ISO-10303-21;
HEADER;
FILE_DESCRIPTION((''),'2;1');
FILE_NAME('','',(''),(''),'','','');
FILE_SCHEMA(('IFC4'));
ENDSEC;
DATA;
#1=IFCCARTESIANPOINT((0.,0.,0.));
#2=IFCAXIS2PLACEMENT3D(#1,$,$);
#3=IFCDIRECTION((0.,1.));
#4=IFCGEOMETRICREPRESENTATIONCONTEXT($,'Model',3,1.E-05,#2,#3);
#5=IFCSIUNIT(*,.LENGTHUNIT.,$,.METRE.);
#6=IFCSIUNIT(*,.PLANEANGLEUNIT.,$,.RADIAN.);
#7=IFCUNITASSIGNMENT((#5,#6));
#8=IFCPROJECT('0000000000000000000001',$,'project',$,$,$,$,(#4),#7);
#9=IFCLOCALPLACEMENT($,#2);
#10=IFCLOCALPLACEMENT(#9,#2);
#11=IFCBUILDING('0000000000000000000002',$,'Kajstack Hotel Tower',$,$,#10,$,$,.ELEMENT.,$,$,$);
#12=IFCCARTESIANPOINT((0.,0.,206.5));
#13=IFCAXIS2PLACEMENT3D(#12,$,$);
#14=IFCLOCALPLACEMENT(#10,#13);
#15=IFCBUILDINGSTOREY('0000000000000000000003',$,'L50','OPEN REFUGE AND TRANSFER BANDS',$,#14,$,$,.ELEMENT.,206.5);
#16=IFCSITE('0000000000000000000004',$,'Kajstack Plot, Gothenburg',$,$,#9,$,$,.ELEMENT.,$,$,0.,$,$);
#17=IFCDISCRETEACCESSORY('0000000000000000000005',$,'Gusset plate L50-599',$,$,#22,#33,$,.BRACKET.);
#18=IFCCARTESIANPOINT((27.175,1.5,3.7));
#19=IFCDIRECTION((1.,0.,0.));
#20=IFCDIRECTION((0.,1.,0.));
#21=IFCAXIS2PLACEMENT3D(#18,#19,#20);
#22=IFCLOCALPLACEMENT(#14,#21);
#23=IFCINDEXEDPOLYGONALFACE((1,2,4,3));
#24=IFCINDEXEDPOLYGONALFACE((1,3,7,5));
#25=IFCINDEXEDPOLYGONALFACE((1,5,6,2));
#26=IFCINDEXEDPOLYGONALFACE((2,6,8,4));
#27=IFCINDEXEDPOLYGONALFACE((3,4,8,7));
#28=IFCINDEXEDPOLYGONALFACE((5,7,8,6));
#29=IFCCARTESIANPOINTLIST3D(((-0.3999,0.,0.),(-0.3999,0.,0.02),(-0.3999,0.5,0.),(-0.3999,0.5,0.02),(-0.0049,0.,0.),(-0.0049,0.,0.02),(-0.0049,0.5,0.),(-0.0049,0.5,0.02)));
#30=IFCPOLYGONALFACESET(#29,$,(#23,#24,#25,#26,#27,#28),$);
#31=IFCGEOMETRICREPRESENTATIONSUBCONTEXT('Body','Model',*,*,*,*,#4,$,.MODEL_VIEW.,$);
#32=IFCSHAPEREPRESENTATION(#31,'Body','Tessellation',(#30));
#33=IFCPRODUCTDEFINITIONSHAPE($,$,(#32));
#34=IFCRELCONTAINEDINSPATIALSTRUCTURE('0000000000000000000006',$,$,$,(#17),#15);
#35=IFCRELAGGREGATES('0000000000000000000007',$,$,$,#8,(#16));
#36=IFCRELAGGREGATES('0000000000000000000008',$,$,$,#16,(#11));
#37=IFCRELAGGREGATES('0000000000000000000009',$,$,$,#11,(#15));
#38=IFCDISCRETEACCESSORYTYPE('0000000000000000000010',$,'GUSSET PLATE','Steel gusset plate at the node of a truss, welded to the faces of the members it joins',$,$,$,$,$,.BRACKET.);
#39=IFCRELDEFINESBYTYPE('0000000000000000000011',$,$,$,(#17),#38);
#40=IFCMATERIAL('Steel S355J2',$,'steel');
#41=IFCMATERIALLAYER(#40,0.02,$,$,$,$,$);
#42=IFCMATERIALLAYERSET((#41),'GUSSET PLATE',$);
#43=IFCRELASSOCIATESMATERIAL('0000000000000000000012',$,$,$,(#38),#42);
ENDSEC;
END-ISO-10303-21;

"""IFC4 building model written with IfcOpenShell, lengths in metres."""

from ifc_helpers import new_model, si_unit, direction, frame, origin, place, context, subcontext, project, spatial, polyline, outline, extrude, material, layer, layer_set, type_object, element, save


model = new_model("IFC4")

# Units and contexts
model_context = context("Model", 3, precision=1e-05, world=origin(), true_north=direction((0.0, 1.0)))
body_context = subcontext(model_context, "Body", "Model", "MODEL_VIEW")
ifc_project = project(units=[si_unit("LENGTHUNIT", "METRE"), si_unit("PLANEANGLEUNIT", "RADIAN")], contexts=[model_context])

# Site, building, storey
site_placement = place(None, origin())
site = spatial("IfcSite", under=ifc_project, at=site_placement, Name="Kajstack Plot, Gothenburg", CompositionType="ELEMENT", RefElevation=0.0)
building_placement = place(site_placement, origin())
building = spatial("IfcBuilding", under=site, at=building_placement, Name="Kajstack Hotel Tower", CompositionType="ELEMENT")
storey_placement = place(building_placement, frame((0.0, 0.0, 206.5)))
storey = spatial("IfcBuildingStorey", under=building, at=storey_placement, Name="L50", Description="OPEN REFUGE AND TRANSFER BANDS", CompositionType="ELEMENT", Elevation=206.5)

# Shared definitions
ifc_material_1 = material(Name="Steel S355J2", Category="steel")

# Discrete accessory
ifc_layer_1 = layer(ifc_material_1, 0.02)
ifc_layer_set_1 = layer_set([ifc_layer_1], Name="GUSSET PLATE")
discrete_accessory_type = type_object("IfcDiscreteAccessoryType", Name="GUSSET PLATE", Description="Steel gusset plate at the node of a truss, welded to the faces of the members it joins", PredefinedType="BRACKET", material=ifc_layer_set_1)
discrete_accessory_placement = place(storey_placement, frame((27.175, 1.5, 3.7), z_axis=(1.0, 0.0, 0.0), x_axis=(0.0, 1.0, 0.0)))
element("IfcDiscreteAccessory", 1, at=discrete_accessory_placement, inside=storey, type_object=discrete_accessory_type, Name="Gusset plate L50-599", PredefinedType="BRACKET", context=body_context, shape_type="SweptSolid", body=[
    extrude(outline(polyline([(-0.3999, 0.0), (-0.0049, 0.0), (-0.0049, 0.5), (-0.3999, 0.5), (-0.3999, 0.0)])), origin(), (0.0, 0.0, 1.0), 0.02),
])

save(model, "model.ifc")
